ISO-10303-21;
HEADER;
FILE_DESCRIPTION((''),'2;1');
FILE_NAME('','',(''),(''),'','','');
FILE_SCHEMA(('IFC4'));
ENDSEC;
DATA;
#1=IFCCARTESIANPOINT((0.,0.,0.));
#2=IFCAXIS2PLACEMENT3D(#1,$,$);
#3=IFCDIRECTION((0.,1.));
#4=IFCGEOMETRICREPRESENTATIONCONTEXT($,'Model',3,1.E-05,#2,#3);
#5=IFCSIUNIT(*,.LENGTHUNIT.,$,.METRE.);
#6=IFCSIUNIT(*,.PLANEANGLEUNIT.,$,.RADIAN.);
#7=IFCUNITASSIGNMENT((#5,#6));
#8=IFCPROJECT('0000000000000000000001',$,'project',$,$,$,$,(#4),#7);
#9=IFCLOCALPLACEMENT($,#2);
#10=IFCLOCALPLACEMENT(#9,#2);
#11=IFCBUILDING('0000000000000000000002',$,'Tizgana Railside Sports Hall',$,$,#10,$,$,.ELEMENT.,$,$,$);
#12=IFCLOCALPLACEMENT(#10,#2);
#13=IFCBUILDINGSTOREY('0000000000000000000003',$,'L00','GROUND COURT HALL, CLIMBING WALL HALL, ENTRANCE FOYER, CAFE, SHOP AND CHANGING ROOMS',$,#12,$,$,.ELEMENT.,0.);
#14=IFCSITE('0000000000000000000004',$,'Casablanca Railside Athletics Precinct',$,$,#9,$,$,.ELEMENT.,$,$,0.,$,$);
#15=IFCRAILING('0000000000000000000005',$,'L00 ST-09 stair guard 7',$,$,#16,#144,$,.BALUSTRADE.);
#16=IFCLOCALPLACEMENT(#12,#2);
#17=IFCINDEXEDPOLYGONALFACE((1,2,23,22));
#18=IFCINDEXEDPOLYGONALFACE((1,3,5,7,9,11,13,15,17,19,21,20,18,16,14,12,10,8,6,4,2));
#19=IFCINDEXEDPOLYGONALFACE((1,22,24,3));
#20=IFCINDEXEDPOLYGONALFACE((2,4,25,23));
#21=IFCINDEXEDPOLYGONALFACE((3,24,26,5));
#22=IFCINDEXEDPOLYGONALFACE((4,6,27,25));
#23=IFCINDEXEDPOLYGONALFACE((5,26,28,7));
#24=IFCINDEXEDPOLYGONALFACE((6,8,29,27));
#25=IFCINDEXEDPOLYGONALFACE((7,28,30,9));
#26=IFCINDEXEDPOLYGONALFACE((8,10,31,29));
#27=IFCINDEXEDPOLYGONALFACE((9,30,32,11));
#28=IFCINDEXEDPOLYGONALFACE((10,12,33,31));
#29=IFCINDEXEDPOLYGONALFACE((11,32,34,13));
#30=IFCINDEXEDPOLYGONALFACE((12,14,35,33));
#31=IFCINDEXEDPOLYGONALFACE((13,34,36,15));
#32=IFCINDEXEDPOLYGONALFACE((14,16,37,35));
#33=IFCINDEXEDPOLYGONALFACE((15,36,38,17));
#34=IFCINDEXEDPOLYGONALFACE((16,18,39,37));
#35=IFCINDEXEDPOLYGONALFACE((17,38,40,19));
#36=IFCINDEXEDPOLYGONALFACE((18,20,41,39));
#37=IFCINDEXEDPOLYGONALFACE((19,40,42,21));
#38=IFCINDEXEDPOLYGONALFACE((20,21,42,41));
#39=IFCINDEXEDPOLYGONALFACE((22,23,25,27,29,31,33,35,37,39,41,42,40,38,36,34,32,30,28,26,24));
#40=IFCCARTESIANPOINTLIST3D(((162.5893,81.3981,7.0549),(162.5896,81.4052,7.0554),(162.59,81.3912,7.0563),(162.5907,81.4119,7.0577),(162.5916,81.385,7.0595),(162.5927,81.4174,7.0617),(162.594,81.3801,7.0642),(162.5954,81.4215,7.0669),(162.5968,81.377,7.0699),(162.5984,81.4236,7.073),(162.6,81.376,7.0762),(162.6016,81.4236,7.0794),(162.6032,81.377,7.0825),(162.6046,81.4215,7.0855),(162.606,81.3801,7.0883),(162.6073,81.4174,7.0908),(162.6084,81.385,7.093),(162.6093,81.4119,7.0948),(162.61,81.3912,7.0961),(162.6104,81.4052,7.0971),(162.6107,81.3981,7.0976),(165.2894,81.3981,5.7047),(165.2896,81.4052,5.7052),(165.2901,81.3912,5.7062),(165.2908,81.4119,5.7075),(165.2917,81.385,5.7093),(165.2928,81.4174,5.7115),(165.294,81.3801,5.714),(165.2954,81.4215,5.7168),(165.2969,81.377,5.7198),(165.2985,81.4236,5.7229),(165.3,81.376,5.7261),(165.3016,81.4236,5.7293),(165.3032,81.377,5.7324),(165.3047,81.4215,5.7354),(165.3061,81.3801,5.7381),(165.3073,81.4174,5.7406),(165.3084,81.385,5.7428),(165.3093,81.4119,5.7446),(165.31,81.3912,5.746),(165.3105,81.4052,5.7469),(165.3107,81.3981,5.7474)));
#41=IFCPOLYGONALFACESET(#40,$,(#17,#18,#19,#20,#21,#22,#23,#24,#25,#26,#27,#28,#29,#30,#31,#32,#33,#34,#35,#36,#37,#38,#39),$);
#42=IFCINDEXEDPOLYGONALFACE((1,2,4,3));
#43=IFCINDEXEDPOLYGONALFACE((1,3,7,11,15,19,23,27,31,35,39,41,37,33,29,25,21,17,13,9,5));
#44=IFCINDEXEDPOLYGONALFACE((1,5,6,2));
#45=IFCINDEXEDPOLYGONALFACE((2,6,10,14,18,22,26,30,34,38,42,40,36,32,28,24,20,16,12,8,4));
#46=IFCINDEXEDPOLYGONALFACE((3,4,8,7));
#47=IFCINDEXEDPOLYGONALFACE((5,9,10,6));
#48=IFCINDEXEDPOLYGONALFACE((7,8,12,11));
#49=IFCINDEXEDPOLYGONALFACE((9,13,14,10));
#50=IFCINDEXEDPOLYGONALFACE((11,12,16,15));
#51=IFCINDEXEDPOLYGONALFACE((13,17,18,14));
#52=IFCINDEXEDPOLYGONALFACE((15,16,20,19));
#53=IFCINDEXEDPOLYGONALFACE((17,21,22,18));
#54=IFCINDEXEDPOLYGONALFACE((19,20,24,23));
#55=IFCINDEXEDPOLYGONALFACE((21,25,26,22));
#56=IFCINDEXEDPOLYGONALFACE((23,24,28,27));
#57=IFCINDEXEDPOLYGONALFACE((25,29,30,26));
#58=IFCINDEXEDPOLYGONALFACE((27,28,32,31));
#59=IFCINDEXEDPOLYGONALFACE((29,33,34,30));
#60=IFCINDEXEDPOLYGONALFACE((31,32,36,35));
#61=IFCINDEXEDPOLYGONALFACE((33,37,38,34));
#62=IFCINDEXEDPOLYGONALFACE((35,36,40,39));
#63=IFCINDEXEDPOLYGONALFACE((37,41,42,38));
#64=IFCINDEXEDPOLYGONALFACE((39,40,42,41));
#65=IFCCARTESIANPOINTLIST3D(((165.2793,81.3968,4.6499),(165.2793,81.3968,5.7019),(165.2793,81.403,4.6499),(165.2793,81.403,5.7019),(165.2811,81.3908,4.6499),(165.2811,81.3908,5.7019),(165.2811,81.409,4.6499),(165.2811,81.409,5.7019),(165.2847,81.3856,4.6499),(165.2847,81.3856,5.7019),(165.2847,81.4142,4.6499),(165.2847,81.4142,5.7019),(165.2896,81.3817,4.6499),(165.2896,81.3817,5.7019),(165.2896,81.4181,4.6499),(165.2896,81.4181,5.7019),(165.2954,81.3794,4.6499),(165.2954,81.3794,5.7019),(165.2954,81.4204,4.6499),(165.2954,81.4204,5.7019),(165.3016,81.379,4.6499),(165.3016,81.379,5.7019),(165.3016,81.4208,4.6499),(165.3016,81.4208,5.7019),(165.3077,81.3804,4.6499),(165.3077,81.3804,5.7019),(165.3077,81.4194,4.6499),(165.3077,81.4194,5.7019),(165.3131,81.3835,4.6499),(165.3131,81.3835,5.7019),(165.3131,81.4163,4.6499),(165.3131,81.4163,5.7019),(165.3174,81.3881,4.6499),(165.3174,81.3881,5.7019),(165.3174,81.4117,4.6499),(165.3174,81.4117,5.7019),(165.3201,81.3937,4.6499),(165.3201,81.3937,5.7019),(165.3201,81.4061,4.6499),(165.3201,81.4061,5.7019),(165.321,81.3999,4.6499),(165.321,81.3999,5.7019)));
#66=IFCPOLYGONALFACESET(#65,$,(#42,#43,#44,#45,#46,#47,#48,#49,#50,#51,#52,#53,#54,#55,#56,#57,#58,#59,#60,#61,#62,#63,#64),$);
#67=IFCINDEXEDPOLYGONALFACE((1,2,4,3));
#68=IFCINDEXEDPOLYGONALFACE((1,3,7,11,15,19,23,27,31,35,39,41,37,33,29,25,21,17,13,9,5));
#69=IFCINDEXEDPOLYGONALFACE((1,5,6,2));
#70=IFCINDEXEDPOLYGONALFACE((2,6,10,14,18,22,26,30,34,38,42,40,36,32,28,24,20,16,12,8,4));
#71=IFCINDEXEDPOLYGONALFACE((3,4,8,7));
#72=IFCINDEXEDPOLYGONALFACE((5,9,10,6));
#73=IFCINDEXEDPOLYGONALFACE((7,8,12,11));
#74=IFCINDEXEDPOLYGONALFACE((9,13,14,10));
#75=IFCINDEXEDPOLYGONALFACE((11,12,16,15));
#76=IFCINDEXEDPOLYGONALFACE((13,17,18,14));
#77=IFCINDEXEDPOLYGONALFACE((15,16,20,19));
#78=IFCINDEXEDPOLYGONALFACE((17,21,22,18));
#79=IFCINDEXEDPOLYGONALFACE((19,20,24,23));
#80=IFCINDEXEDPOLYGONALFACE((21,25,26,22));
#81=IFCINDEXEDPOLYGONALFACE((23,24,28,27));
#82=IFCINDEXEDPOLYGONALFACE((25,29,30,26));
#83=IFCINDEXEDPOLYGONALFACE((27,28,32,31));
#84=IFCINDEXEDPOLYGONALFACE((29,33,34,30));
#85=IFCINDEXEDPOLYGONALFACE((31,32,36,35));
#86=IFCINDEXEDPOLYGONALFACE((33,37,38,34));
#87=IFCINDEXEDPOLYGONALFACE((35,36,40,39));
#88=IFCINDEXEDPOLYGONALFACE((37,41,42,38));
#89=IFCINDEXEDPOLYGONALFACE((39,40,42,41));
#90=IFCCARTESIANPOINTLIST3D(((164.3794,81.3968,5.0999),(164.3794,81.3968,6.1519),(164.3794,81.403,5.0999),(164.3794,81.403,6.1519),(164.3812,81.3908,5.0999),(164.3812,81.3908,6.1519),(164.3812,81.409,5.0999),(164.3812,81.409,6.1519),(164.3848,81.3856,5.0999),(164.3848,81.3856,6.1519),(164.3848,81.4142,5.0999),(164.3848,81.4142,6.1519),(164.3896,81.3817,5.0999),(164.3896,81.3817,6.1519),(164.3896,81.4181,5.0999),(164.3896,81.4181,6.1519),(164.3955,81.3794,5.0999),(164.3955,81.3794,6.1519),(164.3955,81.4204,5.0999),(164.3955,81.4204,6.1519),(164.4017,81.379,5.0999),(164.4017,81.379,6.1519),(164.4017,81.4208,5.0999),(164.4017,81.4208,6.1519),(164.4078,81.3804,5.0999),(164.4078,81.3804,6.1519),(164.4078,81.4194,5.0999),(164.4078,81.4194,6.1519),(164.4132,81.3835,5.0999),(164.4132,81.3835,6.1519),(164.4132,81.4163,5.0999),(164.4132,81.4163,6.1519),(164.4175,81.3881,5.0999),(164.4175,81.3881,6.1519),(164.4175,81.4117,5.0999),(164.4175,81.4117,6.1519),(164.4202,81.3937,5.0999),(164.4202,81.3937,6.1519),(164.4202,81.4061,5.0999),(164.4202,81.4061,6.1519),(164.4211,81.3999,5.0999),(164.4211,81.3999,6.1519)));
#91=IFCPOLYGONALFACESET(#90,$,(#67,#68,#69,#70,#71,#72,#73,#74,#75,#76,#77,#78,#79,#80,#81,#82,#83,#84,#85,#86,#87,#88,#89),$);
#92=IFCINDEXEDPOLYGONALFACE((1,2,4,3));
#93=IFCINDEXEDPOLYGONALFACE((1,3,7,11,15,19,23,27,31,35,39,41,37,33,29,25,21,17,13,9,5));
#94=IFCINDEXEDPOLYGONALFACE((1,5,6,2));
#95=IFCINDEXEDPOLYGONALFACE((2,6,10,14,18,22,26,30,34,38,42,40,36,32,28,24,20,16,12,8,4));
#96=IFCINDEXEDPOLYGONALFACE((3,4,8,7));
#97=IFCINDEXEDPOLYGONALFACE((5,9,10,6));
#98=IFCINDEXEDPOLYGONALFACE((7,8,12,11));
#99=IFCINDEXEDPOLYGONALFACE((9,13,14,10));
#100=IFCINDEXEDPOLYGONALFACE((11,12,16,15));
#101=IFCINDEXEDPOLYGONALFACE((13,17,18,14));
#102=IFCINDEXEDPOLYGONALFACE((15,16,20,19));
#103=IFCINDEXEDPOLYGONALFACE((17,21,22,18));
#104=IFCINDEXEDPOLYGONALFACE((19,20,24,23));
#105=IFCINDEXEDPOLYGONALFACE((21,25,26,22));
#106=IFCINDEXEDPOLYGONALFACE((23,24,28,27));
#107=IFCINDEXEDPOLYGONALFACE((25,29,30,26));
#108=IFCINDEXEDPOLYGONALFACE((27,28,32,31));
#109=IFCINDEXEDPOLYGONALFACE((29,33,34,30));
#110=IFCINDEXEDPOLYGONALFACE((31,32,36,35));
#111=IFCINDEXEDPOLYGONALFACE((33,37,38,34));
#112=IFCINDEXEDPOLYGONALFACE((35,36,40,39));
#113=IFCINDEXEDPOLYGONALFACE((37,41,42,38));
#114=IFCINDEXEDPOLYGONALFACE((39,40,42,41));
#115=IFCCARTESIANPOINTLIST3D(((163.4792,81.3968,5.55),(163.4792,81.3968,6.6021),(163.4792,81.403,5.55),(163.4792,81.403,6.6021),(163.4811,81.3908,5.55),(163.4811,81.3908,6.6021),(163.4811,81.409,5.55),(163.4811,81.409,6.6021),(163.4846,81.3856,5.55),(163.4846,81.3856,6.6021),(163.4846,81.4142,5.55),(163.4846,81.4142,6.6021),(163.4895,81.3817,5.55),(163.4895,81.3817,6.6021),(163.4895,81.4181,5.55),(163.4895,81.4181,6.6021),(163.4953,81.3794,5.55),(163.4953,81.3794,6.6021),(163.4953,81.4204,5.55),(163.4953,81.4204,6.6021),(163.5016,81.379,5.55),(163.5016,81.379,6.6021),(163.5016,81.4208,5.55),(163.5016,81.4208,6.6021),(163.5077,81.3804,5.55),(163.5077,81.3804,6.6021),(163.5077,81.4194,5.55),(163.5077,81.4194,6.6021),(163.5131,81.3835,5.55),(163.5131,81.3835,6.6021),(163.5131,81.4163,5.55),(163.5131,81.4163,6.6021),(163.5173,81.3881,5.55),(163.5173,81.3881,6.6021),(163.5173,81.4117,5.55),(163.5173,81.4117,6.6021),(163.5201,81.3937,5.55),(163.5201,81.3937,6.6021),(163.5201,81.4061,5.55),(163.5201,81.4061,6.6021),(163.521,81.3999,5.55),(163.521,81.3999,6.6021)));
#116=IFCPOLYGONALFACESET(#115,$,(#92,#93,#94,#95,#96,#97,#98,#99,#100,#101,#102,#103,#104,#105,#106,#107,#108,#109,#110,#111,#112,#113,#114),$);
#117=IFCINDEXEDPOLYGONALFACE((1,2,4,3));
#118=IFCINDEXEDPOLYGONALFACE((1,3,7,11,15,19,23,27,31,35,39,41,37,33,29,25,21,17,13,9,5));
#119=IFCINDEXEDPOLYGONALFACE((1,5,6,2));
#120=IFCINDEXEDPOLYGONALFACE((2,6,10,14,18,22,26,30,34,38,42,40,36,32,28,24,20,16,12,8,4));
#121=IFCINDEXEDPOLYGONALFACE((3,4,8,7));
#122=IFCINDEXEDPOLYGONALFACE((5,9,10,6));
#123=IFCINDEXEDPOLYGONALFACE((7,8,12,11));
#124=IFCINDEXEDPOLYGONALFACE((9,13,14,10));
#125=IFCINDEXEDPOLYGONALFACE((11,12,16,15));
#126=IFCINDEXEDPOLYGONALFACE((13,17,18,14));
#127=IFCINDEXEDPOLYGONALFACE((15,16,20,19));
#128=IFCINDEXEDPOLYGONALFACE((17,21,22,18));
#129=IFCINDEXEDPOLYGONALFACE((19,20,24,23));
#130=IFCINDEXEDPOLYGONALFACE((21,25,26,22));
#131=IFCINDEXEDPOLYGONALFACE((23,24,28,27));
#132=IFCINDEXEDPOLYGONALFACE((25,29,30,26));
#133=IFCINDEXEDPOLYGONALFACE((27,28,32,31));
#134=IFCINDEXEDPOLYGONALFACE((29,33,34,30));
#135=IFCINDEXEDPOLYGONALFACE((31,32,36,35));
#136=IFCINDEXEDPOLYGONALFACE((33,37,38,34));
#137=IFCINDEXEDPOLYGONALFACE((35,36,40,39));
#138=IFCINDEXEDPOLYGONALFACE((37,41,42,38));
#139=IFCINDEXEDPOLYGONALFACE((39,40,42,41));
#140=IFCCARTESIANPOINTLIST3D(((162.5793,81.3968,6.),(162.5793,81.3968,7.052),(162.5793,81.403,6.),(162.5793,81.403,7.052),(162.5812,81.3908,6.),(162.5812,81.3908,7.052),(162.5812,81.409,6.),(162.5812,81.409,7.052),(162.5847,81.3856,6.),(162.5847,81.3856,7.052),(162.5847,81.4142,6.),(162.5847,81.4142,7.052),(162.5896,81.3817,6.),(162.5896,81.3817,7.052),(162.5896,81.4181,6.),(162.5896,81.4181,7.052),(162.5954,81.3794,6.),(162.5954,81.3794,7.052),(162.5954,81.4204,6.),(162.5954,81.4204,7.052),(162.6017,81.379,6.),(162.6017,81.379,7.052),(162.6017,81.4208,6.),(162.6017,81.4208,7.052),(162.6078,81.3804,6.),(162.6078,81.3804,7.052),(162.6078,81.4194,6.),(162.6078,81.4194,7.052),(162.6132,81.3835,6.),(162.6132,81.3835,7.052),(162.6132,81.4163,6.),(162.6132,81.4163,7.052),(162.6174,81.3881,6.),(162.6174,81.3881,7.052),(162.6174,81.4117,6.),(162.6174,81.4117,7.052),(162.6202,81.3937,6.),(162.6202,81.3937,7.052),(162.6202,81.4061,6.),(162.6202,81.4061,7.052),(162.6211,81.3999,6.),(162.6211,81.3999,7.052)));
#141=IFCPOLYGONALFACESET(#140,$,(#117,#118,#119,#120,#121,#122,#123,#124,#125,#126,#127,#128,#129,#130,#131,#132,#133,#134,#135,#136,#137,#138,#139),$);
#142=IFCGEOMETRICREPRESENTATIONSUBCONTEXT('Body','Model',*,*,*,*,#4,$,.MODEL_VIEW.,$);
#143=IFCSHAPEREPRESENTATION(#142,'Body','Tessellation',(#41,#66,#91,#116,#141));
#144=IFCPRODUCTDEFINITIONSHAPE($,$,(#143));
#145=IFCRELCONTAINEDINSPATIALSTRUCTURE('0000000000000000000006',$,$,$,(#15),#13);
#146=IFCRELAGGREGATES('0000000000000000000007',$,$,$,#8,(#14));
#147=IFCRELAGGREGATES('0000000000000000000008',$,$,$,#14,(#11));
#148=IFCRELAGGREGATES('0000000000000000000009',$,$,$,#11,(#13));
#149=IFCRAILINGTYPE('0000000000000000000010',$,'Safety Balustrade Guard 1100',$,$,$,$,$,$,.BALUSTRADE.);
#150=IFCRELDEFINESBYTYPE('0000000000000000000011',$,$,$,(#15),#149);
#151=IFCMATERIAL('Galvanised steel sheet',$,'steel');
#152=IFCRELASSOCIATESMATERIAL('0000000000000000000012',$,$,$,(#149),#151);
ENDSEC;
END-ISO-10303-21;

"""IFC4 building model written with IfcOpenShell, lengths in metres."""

from ifc_helpers import new_model, si_unit, direction, frame, origin, origin_2d, place, context, subcontext, project, spatial, circle, extrude, material, type_object, element, save


model = new_model("IFC4")

# Units and contexts
model_context = context("Model", 3, precision=1e-05, world=origin(), true_north=direction((0.0, 1.0)))
body_context = subcontext(model_context, "Body", "Model", "MODEL_VIEW")
ifc_project = project(units=[si_unit("LENGTHUNIT", "METRE"), si_unit("PLANEANGLEUNIT", "RADIAN")], contexts=[model_context])

# Site, building, storey
site_placement = place(None, origin())
site = spatial("IfcSite", under=ifc_project, at=site_placement, Name="Casablanca Railside Athletics Precinct", CompositionType="ELEMENT", RefElevation=0.0)
building_placement = place(site_placement, origin())
building = spatial("IfcBuilding", under=site, at=building_placement, Name="Tizgana Railside Sports Hall", CompositionType="ELEMENT")
storey_placement = place(building_placement, origin())
storey = spatial("IfcBuildingStorey", under=building, at=storey_placement, Name="L00", Description="GROUND COURT HALL, CLIMBING WALL HALL, ENTRANCE FOYER, CAFE, SHOP AND CHANGING ROOMS", CompositionType="ELEMENT", Elevation=0.0)

# Railing
ifc_material_1 = material(Name="Galvanised steel sheet", Category="steel")
railing_type_1 = type_object("IfcRailingType", Name="Safety Balustrade Guard 1100", PredefinedType="BALUSTRADE", material=ifc_material_1)
railing_1_placement = place(storey_placement, frame((165.3, 81.3999, 4.6499)))
element("IfcRailing", 1, at=railing_1_placement, inside=storey, type_object=railing_type_1, Name="L00 ST-09 stair guard 7", PredefinedType="BALUSTRADE", context=body_context, shape_type="SweptSolid", body=[
    extrude(circle(Radius=0.0239, at=origin_2d()), frame((0.0, 0.0, 1.0762), z_axis=(-0.894411, 0.0, 0.447246), x_axis=(0.0, -1.0, 0.0)), (0.0, 0.0, 1.0), 3.0188),
    extrude(circle(Radius=0.021, at=origin_2d()), origin(), (0.0, 0.0, 1.0), 1.052),
    extrude(circle(Radius=0.021, at=origin_2d()), frame((-0.8999, 0.0, 0.45)), (0.0, 0.0, 1.0), 1.052),
    extrude(circle(Radius=0.021, at=origin_2d()), frame((-1.8, 0.0, 0.9001)), (0.0, 0.0, 1.0), 1.052),
    extrude(circle(Radius=0.021, at=origin_2d()), frame((-2.7, 0.0, 1.3501)), (0.0, 0.0, 1.0), 1.052),
])

save(model, "model.ifc")
